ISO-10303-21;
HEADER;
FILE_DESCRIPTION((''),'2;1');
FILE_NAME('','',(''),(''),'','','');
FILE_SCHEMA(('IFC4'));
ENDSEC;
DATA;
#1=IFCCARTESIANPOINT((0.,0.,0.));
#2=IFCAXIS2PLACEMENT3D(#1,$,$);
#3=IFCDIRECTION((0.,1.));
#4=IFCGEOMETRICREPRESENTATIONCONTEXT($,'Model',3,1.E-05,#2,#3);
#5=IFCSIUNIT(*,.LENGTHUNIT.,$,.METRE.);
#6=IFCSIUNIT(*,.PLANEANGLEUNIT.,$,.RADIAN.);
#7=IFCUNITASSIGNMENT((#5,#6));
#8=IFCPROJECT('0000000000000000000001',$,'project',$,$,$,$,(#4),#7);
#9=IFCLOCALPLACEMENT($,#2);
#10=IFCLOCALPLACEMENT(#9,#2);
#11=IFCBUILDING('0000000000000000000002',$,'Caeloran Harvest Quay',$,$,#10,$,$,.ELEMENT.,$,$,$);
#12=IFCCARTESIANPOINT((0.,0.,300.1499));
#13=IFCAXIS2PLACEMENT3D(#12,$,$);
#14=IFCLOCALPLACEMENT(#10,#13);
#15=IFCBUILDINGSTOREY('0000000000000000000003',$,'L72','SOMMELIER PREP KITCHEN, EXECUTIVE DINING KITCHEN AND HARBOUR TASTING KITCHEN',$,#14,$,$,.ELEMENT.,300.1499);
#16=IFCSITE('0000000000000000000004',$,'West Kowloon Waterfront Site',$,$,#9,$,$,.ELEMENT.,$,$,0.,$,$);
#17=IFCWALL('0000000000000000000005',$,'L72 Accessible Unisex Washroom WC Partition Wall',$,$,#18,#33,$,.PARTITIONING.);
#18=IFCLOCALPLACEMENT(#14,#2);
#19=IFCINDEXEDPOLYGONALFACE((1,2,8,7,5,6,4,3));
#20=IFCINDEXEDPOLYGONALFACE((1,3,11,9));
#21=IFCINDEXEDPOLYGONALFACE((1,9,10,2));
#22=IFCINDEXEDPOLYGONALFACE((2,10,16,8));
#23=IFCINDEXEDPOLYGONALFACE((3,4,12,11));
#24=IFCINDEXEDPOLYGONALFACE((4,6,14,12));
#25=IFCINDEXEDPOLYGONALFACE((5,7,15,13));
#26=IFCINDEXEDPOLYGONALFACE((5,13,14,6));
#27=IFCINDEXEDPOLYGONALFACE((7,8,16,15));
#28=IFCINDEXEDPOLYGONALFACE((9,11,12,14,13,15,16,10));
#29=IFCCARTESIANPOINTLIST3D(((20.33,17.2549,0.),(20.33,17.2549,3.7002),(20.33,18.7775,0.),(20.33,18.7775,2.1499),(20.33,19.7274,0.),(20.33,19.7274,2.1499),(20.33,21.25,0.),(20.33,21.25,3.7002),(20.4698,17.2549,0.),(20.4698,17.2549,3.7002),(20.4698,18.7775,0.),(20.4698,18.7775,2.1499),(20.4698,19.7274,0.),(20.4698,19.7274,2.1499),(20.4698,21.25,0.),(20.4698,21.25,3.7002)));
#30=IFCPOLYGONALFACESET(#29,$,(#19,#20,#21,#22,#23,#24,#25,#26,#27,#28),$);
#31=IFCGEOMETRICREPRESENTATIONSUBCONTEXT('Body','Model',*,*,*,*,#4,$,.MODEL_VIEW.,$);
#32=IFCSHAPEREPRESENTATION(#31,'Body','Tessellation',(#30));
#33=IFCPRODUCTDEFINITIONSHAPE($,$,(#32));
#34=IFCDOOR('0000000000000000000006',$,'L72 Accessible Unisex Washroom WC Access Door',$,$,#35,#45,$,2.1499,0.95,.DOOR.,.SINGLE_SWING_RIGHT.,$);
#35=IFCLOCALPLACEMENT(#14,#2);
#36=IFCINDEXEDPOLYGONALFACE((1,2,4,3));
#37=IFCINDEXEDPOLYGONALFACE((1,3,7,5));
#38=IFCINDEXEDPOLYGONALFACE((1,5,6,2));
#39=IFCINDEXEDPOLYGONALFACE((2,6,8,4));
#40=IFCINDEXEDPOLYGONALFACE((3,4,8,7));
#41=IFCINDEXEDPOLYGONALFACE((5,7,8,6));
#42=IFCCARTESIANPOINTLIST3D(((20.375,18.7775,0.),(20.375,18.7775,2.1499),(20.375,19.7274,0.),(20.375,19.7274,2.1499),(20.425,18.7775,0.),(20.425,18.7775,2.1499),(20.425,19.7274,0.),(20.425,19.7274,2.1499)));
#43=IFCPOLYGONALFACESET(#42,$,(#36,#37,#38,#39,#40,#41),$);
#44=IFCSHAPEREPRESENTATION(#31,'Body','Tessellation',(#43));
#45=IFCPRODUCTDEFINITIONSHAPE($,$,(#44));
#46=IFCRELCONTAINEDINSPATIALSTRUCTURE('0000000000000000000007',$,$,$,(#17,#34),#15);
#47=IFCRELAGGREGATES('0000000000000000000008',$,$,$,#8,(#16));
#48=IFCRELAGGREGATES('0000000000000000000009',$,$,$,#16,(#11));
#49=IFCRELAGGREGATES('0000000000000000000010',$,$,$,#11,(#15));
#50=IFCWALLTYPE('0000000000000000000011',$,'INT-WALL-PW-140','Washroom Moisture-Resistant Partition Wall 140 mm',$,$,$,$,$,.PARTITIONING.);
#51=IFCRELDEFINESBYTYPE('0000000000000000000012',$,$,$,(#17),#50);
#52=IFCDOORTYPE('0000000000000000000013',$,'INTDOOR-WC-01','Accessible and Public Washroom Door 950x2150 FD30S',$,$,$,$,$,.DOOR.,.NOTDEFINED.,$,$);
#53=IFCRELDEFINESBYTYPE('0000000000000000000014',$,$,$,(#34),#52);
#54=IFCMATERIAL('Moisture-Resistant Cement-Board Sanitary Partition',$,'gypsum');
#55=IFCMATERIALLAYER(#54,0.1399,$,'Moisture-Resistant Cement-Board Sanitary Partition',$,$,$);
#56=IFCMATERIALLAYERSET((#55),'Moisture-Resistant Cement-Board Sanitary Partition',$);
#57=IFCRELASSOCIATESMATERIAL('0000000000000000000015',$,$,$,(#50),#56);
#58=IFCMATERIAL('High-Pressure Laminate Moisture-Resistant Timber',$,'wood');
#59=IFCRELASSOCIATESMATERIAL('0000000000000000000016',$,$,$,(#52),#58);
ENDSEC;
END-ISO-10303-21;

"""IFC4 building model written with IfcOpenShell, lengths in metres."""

from ifc_helpers import new_model, si_unit, direction, frame, frame_2d, origin, place, context, subcontext, project, spatial, rectangle, extrude, material, layer, layer_set, type_object, element, fill, save


model = new_model("IFC4")

# Units and contexts
model_context = context("Model", 3, precision=1e-05, world=origin(), true_north=direction((0.0, 1.0)))
body_context = subcontext(model_context, "Body", "Model", "MODEL_VIEW")
ifc_project = project(units=[si_unit("LENGTHUNIT", "METRE"), si_unit("PLANEANGLEUNIT", "RADIAN")], contexts=[model_context])

# Site, building, storey
site_placement = place(None, origin())
site = spatial("IfcSite", under=ifc_project, at=site_placement, Name="West Kowloon Waterfront Site", CompositionType="ELEMENT", RefElevation=0.0)
building_placement = place(site_placement, origin())
building = spatial("IfcBuilding", under=site, at=building_placement, Name="Caeloran Harvest Quay", CompositionType="ELEMENT")
storey_placement = place(building_placement, frame((0.0, 0.0, 300.1499)))
storey = spatial("IfcBuildingStorey", under=building, at=storey_placement, Name="L72", Description="SOMMELIER PREP KITCHEN, EXECUTIVE DINING KITCHEN AND HARBOUR TASTING KITCHEN", CompositionType="ELEMENT", Elevation=300.1499)

# Shared definitions
ifc_material_1 = material(Name="Moisture-Resistant Cement-Board Sanitary Partition", Category="gypsum")
ifc_layer_1 = layer(ifc_material_1, 0.1399, Name="Moisture-Resistant Cement-Board Sanitary Partition")
ifc_layer_set_1 = layer_set([ifc_layer_1], Name="Moisture-Resistant Cement-Board Sanitary Partition")
wall_type_1 = type_object("IfcWallType", Name="INT-WALL-PW-140", Description="Washroom Moisture-Resistant Partition Wall 140 mm", PredefinedType="PARTITIONING", material=ifc_layer_set_1)

# Shared definitions
ifc_material_2 = material(Name="High-Pressure Laminate Moisture-Resistant Timber", Category="wood")
door_type_1 = type_object("IfcDoorType", Name="INTDOOR-WC-01", Description="Accessible and Public Washroom Door 950x2150 FD30S", OperationType="NOTDEFINED", PredefinedType="DOOR", material=ifc_material_2)

# Wall, opening, door
wall_1_placement = place(storey_placement, frame((20.3999, 17.2549, 0.0), z_axis=(0.0, 0.0, 1.0), x_axis=(0.0, 1.0, 0.0)))
wall_1 = element("IfcWall", 1, at=wall_1_placement, inside=storey, type_object=wall_type_1, Name="L72 Accessible Unisex Washroom WC Partition Wall", PredefinedType="PARTITIONING", context=body_context, shape_type="SweptSolid", body=[
    extrude(rectangle(XDim=3.9951, YDim=0.1399, at=frame_2d((1.9976, 0.0))), origin(), (0.0, 0.0, 1.0), 3.7002),
])
opening_1_placement = place(wall_1_placement, frame((1.5225, 0.0, 0.0)))
opening_1 = element("IfcOpeningElement", 2, at=opening_1_placement, cuts=wall_1, PredefinedType="OPENING", context=body_context, shape_type="SweptSolid", body=[
    extrude(rectangle(XDim=0.95, YDim=2.1499, at=frame_2d((0.4751, 1.075))), frame((0.0, 0.0801, 0.0), z_axis=(0.0, -1.0, 0.0), x_axis=(1.0, 0.0, 0.0)), (0.0, 0.0, 1.0), 0.1599),
])
door_1_placement = place(opening_1_placement, origin())
door_1 = element("IfcDoor", 3, at=door_1_placement, inside=storey, type_object=door_type_1, Name="L72 Accessible Unisex Washroom WC Access Door", OperationType="SINGLE_SWING_RIGHT", OverallHeight=2.1499, OverallWidth=0.95, PredefinedType="DOOR", context=body_context, shape_type="SweptSolid", body=[
    extrude(rectangle(XDim=0.95, YDim=2.1499, at=frame_2d((0.4751, 1.075))), frame((0.0, 0.0249, 0.0), z_axis=(0.0, -1.0, 0.0), x_axis=(1.0, 0.0, 0.0)), (0.0, 0.0, 1.0), 0.05),
])
fill(opening_1, door_1)

save(model, "model.ifc")
